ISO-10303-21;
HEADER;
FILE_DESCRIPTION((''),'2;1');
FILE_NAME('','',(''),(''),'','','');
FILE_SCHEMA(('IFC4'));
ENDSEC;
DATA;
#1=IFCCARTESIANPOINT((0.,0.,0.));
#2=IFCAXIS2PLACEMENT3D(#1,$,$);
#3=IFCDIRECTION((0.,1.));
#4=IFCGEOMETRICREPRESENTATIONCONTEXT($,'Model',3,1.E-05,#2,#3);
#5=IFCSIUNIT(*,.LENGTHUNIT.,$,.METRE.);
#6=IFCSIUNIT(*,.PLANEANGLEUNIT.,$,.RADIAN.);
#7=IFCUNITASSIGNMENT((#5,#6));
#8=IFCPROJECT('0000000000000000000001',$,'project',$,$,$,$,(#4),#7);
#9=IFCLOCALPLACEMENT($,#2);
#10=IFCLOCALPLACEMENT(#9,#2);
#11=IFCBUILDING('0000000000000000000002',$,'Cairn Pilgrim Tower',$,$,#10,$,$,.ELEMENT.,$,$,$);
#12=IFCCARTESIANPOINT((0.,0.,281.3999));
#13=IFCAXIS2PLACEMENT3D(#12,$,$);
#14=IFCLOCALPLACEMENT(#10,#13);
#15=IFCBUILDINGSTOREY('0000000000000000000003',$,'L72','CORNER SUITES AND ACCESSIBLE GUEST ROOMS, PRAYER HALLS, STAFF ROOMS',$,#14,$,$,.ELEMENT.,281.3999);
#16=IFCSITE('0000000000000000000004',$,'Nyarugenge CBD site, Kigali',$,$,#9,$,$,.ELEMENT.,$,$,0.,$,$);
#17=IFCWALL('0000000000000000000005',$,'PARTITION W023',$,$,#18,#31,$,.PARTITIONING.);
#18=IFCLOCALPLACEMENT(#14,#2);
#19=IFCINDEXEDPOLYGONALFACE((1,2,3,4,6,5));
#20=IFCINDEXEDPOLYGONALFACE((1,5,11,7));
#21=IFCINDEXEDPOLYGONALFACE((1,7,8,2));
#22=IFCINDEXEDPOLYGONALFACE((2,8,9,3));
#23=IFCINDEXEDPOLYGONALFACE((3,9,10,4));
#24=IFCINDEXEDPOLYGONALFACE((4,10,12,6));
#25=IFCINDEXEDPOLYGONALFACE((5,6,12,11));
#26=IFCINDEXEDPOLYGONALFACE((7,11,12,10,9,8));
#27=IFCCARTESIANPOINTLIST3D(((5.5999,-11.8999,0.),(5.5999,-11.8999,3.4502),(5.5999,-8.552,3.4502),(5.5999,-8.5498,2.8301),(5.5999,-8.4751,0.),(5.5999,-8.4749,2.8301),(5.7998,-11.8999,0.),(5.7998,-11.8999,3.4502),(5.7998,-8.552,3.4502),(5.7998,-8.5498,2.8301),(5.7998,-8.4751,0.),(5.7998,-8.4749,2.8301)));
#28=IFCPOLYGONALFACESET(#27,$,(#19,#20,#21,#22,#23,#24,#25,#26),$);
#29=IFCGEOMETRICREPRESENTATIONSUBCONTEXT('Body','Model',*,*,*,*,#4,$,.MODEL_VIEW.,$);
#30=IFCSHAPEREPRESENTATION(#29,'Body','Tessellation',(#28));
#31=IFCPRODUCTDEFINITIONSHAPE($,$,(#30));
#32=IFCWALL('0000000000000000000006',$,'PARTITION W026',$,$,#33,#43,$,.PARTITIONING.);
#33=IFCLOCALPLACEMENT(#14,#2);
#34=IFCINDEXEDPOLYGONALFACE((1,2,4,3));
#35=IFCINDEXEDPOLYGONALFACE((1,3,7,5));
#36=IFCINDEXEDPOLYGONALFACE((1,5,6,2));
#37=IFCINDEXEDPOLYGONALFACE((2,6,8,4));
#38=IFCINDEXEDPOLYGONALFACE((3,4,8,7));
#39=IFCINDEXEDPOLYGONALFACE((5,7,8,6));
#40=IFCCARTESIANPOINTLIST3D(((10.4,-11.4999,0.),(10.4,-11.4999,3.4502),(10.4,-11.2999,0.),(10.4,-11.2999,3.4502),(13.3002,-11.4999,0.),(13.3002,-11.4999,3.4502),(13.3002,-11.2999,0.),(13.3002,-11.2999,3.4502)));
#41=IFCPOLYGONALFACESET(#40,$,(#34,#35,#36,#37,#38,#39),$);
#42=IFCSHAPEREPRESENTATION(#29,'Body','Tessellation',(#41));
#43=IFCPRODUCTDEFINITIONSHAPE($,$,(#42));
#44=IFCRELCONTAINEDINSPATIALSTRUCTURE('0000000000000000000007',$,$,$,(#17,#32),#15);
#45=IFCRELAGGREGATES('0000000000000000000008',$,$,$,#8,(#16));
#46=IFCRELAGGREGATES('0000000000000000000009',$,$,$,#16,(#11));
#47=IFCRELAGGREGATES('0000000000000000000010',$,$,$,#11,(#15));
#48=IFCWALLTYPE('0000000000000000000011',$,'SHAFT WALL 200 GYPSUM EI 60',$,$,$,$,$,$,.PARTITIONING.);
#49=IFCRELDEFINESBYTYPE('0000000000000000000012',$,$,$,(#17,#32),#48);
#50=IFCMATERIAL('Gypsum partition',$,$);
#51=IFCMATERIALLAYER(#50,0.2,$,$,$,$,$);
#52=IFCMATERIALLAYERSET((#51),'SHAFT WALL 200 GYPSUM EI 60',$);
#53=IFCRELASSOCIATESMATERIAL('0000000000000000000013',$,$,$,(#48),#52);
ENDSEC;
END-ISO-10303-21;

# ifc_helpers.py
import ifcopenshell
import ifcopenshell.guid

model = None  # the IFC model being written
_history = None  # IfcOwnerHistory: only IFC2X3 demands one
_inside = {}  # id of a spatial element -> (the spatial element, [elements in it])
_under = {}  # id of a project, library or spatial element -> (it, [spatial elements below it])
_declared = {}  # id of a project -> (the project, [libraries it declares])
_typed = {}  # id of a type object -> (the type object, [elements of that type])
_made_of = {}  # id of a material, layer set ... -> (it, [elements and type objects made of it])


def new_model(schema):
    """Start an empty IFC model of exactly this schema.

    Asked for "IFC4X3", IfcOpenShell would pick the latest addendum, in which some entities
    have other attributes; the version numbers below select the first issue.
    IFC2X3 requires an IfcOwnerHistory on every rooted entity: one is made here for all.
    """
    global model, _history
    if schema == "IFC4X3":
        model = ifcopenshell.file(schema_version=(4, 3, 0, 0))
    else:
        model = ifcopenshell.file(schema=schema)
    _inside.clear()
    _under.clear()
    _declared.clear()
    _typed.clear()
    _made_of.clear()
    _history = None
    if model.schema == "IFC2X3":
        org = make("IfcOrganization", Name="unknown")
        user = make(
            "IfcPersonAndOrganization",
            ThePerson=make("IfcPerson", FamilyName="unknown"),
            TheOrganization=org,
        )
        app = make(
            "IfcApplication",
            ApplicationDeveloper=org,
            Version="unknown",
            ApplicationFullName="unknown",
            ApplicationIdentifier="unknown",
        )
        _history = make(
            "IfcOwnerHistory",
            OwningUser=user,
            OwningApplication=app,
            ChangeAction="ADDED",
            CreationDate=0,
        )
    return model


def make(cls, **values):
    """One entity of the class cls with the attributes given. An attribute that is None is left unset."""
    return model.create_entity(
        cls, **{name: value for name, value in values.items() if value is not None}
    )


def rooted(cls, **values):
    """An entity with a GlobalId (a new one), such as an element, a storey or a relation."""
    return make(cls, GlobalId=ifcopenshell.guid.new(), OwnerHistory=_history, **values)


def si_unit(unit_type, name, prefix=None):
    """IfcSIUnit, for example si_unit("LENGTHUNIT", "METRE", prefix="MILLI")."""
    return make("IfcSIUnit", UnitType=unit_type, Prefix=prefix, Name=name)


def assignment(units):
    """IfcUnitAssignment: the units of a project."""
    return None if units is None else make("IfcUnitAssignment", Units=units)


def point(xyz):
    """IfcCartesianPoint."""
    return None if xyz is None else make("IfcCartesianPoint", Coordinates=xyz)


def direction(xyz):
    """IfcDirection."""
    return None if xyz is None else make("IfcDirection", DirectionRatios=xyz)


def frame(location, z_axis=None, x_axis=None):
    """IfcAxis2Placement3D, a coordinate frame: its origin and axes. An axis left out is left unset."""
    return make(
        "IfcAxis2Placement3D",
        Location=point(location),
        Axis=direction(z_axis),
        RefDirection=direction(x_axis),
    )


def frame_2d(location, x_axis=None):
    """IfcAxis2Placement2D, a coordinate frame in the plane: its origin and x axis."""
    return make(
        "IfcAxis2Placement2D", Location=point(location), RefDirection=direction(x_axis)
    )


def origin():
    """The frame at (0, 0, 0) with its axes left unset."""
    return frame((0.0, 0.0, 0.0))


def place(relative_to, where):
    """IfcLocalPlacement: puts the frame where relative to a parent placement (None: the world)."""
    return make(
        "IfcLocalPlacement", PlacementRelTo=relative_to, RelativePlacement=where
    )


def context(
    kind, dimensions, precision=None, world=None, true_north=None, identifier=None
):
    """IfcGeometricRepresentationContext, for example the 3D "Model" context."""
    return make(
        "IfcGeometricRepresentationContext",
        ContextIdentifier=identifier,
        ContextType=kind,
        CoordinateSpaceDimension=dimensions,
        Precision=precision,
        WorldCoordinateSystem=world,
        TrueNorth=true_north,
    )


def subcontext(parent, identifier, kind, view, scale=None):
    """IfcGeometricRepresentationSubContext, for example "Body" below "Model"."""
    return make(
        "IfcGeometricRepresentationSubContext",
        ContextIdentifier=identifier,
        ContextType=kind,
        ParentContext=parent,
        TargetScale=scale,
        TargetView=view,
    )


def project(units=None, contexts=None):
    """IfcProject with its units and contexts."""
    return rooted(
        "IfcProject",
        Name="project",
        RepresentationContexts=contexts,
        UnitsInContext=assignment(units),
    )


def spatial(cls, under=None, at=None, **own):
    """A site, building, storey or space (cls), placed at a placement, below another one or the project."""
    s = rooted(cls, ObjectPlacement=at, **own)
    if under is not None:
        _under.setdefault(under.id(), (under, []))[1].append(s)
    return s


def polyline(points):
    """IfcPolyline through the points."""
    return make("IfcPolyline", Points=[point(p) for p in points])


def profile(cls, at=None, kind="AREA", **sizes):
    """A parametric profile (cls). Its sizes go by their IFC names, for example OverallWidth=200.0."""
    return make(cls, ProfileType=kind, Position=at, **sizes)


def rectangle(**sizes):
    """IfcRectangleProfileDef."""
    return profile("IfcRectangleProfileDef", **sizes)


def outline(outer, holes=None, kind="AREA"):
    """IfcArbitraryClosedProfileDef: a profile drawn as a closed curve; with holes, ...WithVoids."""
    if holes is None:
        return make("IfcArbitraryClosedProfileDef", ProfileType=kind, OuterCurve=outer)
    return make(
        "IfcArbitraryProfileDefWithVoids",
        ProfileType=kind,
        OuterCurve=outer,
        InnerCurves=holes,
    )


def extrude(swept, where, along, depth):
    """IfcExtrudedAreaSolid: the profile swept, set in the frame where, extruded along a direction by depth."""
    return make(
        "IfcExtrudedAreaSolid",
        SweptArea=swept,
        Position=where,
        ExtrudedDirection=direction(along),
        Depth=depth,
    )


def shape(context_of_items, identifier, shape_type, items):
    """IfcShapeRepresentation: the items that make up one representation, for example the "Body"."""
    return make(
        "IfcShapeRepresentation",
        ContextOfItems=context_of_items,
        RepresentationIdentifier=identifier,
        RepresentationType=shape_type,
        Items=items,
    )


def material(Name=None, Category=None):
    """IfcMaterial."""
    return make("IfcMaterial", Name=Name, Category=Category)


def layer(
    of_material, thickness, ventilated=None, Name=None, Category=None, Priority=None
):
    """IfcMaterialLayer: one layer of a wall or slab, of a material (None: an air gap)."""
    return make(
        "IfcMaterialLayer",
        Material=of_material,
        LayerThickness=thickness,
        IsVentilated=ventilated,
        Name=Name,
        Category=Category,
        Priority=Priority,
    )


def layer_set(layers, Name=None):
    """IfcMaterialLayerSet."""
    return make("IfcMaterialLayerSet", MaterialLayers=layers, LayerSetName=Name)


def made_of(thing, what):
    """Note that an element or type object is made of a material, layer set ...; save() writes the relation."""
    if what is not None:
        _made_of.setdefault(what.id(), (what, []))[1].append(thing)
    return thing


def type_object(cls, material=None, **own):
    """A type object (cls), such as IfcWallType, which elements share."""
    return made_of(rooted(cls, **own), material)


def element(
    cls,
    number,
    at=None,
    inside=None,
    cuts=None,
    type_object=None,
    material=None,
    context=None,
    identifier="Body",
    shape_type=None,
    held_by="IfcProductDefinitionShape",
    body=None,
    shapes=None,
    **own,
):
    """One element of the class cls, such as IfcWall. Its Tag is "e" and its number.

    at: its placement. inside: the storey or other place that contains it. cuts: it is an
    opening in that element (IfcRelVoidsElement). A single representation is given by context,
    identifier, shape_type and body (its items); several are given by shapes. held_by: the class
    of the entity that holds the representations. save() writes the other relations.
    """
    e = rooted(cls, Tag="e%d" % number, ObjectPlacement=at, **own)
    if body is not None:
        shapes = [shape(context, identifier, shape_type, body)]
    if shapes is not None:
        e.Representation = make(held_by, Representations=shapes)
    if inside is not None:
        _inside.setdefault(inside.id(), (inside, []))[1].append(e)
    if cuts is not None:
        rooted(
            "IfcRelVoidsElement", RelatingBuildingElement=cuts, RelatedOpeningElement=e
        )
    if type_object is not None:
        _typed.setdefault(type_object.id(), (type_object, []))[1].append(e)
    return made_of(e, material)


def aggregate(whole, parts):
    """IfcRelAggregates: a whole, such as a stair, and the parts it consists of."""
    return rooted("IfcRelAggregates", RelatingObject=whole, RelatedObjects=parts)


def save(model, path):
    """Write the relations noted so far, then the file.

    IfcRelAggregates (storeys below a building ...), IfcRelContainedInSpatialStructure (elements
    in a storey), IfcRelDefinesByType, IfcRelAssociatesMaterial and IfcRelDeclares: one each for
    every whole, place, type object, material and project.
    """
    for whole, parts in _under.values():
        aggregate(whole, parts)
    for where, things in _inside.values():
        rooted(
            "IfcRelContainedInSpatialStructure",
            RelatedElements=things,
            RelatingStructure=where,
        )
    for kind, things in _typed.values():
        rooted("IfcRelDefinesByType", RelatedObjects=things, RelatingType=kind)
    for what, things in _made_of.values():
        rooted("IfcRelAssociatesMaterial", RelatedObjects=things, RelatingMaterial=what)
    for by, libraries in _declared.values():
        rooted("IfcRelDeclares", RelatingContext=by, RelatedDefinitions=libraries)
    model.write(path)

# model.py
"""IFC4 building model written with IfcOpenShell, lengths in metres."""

from ifc_helpers import new_model, si_unit, direction, frame, frame_2d, origin, place, context, subcontext, project, spatial, polyline, rectangle, outline, extrude, material, layer, layer_set, type_object, element, save


model = new_model("IFC4")

# Units and contexts
model_context = context("Model", 3, precision=1e-05, world=origin(), true_north=direction((0.0, 1.0)))
body_context = subcontext(model_context, "Body", "Model", "MODEL_VIEW")
ifc_project = project(units=[si_unit("LENGTHUNIT", "METRE"), si_unit("PLANEANGLEUNIT", "RADIAN")], contexts=[model_context])

# Site, building, storey
site_placement = place(None, origin())
site = spatial("IfcSite", under=ifc_project, at=site_placement, Name="Nyarugenge CBD site, Kigali", CompositionType="ELEMENT", RefElevation=0.0)
building_placement = place(site_placement, origin())
building = spatial("IfcBuilding", under=site, at=building_placement, Name="Cairn Pilgrim Tower", CompositionType="ELEMENT")
storey_placement = place(building_placement, frame((0.0, 0.0, 281.3999)))
storey = spatial("IfcBuildingStorey", under=building, at=storey_placement, Name="L72", Description="CORNER SUITES AND ACCESSIBLE GUEST ROOMS, PRAYER HALLS, STAFF ROOMS", CompositionType="ELEMENT", Elevation=281.3999)

# Shared definitions
ifc_material_1 = material(Name="Gypsum partition")

# Walls
ifc_layer_1 = layer(ifc_material_1, 0.2)
ifc_layer_set_1 = layer_set([ifc_layer_1], Name="SHAFT WALL 200 GYPSUM EI 60")
wall_type_1 = type_object("IfcWallType", Name="SHAFT WALL 200 GYPSUM EI 60", PredefinedType="PARTITIONING", material=ifc_layer_set_1)
wall_1_placement = place(storey_placement, frame((5.7, -11.8999, 0.0), z_axis=(0.0, 0.0, 1.0), x_axis=(0.0, 1.0, 0.0)))
element("IfcWall", 1, at=wall_1_placement, inside=storey, type_object=wall_type_1, Name="PARTITION W023", PredefinedType="PARTITIONING", context=body_context, shape_type="SweptSolid", body=[
    extrude(outline(polyline([(0.0, 0.0), (3.4248, 0.0), (3.425, 2.8301), (3.3501, 2.8301), (3.3479, 3.4502), (0.0, 3.4502), (0.0, 0.0)])), frame((0.0, 0.1001, 0.0), z_axis=(0.0, -1.0, 0.0), x_axis=(1.0, 0.0, 0.0)), (0.0, 0.0, 1.0), 0.2),
])
wall_2_placement = place(storey_placement, frame((10.3999, -11.3999, 0.0), z_axis=(0.0, 0.0, 1.0), x_axis=(1.0, 0.0, 0.0)))
element("IfcWall", 2, at=wall_2_placement, inside=storey, type_object=wall_type_1, Name="PARTITION W026", PredefinedType="PARTITIONING", context=body_context, shape_type="SweptSolid", body=[
    extrude(rectangle(XDim=2.9001, YDim=0.2, at=frame_2d((1.4502, 0.0))), origin(), (0.0, 0.0, 1.0), 3.4502),
])

save(model, "model.ifc")
